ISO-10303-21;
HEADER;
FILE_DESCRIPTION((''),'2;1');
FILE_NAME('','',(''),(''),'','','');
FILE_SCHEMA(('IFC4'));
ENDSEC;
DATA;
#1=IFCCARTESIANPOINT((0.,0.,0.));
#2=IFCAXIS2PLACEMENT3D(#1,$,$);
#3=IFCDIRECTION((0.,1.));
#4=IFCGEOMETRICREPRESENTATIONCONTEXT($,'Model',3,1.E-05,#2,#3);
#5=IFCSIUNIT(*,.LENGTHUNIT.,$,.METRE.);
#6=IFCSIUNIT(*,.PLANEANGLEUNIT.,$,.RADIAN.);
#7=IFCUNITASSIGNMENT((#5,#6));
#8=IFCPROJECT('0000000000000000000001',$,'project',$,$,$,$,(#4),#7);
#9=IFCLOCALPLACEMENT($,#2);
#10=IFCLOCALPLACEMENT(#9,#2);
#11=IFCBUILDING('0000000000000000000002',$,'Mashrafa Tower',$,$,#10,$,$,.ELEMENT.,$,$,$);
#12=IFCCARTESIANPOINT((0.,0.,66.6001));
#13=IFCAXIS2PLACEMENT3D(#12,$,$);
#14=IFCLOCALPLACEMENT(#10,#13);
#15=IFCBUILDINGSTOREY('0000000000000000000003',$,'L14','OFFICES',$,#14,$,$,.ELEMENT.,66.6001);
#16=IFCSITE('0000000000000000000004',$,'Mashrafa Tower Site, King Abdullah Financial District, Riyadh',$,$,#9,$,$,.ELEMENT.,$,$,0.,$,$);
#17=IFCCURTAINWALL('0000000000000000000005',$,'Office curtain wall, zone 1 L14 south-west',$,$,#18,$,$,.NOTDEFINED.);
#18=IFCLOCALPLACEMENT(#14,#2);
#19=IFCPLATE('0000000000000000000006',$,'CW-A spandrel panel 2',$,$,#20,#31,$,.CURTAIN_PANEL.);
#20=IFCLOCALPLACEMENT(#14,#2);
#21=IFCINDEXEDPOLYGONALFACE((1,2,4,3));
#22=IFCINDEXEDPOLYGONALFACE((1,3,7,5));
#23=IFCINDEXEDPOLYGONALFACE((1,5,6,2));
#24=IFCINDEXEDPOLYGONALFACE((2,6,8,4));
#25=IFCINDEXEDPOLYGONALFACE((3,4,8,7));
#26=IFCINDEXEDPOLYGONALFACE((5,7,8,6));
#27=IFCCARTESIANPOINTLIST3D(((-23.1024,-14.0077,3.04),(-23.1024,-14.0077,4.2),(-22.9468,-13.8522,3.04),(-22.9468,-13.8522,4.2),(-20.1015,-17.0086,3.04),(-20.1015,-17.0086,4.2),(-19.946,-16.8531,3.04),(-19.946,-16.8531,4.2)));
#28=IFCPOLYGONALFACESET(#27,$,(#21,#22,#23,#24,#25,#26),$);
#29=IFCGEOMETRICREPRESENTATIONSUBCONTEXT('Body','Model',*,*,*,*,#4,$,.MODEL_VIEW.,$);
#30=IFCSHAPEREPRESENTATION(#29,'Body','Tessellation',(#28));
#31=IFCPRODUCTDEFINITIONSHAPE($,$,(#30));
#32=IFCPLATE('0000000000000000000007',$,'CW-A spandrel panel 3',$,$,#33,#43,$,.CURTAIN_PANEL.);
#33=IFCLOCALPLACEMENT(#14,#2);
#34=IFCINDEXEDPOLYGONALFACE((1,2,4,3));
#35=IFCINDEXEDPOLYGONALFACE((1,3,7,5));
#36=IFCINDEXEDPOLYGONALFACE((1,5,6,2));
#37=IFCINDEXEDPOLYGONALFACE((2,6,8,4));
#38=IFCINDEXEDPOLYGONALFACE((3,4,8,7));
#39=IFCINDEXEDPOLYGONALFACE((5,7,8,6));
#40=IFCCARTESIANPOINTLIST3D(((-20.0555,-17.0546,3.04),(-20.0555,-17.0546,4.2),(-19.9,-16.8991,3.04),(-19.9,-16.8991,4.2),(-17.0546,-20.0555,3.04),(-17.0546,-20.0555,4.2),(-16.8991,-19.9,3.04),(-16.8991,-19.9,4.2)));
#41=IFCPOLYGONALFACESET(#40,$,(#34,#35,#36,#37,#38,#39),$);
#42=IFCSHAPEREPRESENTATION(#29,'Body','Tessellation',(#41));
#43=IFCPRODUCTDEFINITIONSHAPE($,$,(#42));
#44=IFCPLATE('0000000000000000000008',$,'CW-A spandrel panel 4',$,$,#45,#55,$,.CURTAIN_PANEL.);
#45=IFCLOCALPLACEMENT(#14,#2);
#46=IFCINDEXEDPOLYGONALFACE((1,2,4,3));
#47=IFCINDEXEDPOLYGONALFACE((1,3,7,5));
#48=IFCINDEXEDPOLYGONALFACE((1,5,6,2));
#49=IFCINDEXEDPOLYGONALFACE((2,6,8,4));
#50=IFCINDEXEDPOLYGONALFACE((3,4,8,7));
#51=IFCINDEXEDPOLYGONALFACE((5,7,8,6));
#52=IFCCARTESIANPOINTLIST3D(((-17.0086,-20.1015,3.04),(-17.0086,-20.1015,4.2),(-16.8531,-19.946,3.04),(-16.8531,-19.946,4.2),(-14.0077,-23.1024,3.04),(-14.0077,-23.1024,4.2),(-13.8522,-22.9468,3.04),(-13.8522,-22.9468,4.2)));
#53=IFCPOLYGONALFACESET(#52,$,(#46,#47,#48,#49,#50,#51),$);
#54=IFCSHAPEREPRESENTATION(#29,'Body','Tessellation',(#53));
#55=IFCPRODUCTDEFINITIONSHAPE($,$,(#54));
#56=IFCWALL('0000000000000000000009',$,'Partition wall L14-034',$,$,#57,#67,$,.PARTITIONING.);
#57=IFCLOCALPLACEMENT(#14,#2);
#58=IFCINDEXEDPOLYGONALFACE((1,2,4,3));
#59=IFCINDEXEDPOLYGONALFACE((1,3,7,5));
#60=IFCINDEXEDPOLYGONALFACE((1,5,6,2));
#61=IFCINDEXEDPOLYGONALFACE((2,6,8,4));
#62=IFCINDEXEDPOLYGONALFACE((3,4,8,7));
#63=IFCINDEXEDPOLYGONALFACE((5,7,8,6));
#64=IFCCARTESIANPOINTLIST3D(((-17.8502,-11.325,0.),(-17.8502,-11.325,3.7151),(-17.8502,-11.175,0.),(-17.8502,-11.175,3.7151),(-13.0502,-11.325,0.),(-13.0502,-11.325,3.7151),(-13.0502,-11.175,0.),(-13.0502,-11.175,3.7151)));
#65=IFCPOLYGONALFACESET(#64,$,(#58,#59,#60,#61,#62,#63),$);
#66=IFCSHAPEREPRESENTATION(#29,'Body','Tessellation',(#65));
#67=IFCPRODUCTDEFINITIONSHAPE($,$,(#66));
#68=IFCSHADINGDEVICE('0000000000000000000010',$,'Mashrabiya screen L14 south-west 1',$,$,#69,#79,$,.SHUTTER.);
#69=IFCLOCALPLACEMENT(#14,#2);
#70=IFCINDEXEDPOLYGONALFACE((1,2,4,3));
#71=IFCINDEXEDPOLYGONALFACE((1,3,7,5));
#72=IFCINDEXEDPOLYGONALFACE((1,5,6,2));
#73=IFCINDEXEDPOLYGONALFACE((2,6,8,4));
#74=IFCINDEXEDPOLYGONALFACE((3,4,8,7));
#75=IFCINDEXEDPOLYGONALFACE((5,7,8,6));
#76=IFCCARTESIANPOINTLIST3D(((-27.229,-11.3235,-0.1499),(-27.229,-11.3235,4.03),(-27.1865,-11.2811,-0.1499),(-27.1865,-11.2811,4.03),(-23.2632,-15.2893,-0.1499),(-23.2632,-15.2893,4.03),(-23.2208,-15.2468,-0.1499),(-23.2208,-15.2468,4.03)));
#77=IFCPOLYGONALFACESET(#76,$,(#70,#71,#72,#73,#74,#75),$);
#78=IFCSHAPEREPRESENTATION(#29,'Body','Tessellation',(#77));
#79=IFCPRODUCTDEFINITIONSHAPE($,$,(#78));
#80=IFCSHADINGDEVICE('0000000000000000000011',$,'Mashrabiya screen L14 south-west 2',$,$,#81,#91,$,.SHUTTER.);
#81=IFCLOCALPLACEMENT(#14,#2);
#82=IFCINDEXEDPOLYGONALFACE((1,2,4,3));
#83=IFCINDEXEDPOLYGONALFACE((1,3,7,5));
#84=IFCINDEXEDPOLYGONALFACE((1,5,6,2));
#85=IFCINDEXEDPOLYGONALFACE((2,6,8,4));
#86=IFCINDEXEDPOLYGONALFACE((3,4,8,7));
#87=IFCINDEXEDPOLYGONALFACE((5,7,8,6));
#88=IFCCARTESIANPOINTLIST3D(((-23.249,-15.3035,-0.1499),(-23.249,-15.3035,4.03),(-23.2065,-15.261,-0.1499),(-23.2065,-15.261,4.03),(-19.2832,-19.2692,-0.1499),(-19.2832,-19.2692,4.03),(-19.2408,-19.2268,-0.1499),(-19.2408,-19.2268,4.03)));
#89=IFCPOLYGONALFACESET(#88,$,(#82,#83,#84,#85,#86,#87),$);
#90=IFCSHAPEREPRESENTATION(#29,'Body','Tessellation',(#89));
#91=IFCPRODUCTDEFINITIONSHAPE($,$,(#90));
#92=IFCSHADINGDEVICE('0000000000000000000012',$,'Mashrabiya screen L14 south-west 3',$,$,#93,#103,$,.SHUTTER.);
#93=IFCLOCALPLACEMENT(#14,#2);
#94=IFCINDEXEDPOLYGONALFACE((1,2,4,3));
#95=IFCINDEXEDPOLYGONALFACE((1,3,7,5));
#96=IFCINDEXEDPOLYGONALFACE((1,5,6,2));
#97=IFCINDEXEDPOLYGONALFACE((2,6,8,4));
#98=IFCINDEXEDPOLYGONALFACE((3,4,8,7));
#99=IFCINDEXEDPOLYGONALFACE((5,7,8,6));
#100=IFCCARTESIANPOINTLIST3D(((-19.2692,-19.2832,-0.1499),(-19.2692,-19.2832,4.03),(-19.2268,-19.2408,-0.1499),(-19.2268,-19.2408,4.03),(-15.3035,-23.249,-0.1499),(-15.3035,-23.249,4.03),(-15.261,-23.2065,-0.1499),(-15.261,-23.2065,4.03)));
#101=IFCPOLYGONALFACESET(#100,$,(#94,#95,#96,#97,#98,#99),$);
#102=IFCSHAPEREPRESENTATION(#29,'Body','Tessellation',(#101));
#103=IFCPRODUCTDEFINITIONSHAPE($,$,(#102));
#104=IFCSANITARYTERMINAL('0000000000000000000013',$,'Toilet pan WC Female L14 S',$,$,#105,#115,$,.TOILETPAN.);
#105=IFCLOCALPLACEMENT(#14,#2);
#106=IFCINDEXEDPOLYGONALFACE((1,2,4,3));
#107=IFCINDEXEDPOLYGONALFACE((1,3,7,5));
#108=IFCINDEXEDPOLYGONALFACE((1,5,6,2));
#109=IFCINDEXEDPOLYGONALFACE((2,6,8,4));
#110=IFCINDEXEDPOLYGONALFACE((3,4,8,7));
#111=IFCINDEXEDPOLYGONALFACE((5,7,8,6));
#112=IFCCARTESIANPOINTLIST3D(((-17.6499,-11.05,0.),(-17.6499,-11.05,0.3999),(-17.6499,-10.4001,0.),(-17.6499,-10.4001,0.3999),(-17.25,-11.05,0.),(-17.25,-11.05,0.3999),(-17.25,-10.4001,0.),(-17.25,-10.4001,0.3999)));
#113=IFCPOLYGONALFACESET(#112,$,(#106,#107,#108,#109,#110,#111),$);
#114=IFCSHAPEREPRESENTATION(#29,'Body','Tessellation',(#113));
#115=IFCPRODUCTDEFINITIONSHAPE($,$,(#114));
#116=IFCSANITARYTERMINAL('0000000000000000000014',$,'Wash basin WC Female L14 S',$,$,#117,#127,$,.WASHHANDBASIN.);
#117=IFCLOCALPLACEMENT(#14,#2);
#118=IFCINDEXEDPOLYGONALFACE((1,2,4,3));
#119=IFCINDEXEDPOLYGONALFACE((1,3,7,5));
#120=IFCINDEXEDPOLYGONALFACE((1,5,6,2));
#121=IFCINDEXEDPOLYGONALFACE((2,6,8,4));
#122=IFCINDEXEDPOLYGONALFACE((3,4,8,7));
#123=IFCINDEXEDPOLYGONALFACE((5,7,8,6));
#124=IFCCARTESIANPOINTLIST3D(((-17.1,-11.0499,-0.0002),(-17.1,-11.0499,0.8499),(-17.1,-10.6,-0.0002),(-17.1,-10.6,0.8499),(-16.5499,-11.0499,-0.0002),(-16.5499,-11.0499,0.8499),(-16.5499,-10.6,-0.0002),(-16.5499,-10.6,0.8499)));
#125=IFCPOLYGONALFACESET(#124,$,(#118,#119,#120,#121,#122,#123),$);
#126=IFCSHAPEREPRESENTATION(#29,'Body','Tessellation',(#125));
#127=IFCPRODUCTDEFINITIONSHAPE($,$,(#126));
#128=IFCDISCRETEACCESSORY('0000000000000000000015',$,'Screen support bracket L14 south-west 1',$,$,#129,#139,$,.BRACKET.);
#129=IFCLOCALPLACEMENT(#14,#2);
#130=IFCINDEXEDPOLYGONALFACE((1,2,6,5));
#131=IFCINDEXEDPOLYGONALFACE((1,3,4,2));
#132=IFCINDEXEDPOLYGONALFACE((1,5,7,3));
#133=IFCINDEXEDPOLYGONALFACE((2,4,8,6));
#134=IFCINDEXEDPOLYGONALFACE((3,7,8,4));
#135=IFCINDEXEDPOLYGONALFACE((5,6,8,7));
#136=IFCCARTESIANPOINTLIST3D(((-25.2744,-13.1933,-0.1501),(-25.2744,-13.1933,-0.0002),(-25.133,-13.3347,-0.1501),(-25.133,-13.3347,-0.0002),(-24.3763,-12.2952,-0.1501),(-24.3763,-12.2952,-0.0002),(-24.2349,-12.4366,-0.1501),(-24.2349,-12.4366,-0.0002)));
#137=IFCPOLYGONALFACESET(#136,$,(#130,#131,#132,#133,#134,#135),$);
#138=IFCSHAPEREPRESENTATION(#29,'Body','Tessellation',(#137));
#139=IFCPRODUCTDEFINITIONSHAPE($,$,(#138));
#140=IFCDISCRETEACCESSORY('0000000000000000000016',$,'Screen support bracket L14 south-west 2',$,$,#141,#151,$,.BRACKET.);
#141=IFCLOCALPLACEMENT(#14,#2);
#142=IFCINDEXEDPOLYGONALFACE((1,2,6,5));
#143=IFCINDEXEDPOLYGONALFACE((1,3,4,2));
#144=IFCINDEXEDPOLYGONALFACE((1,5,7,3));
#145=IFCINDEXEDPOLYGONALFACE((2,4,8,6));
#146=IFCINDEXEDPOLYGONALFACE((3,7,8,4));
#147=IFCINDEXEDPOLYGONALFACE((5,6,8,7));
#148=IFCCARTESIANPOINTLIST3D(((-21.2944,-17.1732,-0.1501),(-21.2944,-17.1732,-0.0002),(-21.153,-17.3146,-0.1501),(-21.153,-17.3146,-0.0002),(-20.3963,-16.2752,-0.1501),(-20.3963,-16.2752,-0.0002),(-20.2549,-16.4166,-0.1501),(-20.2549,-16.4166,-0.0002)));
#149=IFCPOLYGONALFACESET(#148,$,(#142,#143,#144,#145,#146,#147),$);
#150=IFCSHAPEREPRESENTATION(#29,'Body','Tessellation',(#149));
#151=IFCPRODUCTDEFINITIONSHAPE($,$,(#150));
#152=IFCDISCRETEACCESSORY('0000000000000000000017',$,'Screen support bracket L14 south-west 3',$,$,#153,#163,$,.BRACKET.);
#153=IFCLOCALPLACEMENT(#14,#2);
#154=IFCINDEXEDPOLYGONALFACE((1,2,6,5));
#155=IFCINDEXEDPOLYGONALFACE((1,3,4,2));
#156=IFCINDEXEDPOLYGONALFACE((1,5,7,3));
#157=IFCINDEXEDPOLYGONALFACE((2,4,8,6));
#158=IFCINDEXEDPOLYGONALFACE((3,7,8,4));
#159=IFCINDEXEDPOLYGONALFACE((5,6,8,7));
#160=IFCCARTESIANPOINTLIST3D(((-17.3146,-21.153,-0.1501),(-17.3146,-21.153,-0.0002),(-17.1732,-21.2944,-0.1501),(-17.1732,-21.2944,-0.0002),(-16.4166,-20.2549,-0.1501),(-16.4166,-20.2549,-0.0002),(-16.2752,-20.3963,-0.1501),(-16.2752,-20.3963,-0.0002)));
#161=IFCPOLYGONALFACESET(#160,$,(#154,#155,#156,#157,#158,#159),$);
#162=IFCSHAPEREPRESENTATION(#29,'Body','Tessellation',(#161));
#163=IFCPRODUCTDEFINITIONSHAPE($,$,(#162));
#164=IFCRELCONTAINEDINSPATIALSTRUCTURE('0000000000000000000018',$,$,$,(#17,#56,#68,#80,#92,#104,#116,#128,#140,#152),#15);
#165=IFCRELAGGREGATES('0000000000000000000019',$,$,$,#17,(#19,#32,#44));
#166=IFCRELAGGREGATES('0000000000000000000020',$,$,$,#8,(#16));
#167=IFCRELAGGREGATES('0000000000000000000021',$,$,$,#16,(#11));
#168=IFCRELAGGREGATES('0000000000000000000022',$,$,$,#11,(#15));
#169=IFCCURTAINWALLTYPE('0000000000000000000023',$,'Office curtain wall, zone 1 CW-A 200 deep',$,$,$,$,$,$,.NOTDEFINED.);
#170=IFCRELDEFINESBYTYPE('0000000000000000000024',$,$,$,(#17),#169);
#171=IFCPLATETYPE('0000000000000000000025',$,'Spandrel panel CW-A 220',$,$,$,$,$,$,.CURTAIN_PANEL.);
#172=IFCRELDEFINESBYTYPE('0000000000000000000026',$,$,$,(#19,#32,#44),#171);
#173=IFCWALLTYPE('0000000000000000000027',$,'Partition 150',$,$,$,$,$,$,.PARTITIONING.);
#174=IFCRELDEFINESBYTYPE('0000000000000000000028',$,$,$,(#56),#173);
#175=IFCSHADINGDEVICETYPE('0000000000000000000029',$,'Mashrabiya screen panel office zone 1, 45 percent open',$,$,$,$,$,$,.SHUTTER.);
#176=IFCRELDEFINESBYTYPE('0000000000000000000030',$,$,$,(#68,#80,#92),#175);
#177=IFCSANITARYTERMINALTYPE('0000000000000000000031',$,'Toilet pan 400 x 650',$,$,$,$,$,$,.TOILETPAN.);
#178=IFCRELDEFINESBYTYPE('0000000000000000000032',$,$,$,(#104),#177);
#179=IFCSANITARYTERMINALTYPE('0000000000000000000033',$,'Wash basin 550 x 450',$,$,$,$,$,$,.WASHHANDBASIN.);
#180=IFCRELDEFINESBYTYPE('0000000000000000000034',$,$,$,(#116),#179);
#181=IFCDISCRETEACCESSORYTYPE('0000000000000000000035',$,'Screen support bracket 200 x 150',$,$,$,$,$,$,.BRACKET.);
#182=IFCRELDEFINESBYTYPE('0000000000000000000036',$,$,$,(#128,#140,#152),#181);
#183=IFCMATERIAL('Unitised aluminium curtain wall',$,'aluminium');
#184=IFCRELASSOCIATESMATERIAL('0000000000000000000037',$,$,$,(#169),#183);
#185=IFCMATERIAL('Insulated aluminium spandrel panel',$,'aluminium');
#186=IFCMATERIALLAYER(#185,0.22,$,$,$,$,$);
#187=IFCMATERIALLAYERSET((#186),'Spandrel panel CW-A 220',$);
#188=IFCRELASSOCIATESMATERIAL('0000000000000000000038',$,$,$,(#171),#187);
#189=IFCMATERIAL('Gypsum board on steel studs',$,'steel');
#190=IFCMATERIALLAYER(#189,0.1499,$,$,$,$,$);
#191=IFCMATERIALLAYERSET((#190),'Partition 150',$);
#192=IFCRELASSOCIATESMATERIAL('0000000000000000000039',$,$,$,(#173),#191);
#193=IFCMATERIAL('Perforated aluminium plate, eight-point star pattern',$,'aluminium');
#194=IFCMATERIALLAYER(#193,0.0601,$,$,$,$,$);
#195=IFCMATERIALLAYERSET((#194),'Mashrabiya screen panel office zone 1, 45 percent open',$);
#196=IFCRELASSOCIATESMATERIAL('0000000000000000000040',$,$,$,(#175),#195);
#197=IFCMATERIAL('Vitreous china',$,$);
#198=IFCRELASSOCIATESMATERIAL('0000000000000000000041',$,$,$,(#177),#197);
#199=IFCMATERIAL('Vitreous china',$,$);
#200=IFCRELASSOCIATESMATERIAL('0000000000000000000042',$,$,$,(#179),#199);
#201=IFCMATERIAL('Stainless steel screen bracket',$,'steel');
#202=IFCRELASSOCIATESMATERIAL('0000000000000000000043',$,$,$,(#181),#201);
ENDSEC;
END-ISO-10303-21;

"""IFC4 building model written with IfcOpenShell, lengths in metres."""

from ifc_helpers import new_model, si_unit, direction, frame, frame_2d, origin, origin_2d, place, context, subcontext, project, spatial, rectangle, extrude, source, transform, mapped, material, layer, layer_set, type_object, type_shapes, element, aggregate, save


model = new_model("IFC4")

# Units and contexts
model_context = context("Model", 3, precision=1e-05, world=origin(), true_north=direction((0.0, 1.0)))
body_context = subcontext(model_context, "Body", "Model", "MODEL_VIEW")
ifc_project = project(units=[si_unit("LENGTHUNIT", "METRE"), si_unit("PLANEANGLEUNIT", "RADIAN")], contexts=[model_context])

# Site, building, storey
site_placement = place(None, origin())
site = spatial("IfcSite", under=ifc_project, at=site_placement, Name="Mashrafa Tower Site, King Abdullah Financial District, Riyadh", CompositionType="ELEMENT", RefElevation=0.0)
building_placement = place(site_placement, origin())
building = spatial("IfcBuilding", under=site, at=building_placement, Name="Mashrafa Tower", CompositionType="ELEMENT")
storey_placement = place(building_placement, frame((0.0, 0.0, 66.6001)))
storey = spatial("IfcBuildingStorey", under=building, at=storey_placement, Name="L14", Description="OFFICES", CompositionType="ELEMENT", Elevation=66.6001)

# Shared definitions
ifc_material_1 = material(Name="Unitised aluminium curtain wall", Category="aluminium")
curtain_wall_type = type_object("IfcCurtainWallType", Name="Office curtain wall, zone 1 CW-A 200 deep", PredefinedType="NOTDEFINED", material=ifc_material_1)

# Curtain wall, plates
curtain_wall_1_placement = place(storey_placement, origin())
curtain_wall_1 = element("IfcCurtainWall", 1, at=curtain_wall_1_placement, inside=storey, type_object=curtain_wall_type, Name="Office curtain wall, zone 1 L14 south-west", PredefinedType="NOTDEFINED")
ifc_material_2 = material(Name="Insulated aluminium spandrel panel", Category="aluminium")
ifc_layer_1 = layer(ifc_material_2, 0.22)
ifc_layer_set_1 = layer_set([ifc_layer_1], Name="Spandrel panel CW-A 220")
plate_type_1 = type_object("IfcPlateType", Name="Spandrel panel CW-A 220", PredefinedType="CURTAIN_PANEL", material=ifc_layer_set_1)
shared_shape_1 = source(origin(), body_context, "Body", "SweptSolid", [
    extrude(rectangle(XDim=4.2439, YDim=0.22, at=origin_2d()), origin(), (0.0, 0.0, 1.0), 1.1599),
])
plate_1_placement = place(storey_placement, frame((-21.5242, -15.4304, 3.04), z_axis=(0.0, 0.0, 1.0), x_axis=(0.707107, -0.707107, 0.0)))
plate_1 = element("IfcPlate", 2, at=plate_1_placement, type_object=plate_type_1, Name="CW-A spandrel panel 2", PredefinedType="CURTAIN_PANEL", context=body_context, shape_type="MappedRepresentation", body=[
    mapped(shared_shape_1, transform((0.0, 0.0, 0.0))),
])
plate_2_placement = place(storey_placement, frame((-18.4773, -18.4773, 3.04), z_axis=(0.0, 0.0, 1.0), x_axis=(0.707107, -0.707107, 0.0)))
plate_2 = element("IfcPlate", 3, at=plate_2_placement, type_object=plate_type_1, Name="CW-A spandrel panel 3", PredefinedType="CURTAIN_PANEL", context=body_context, shape_type="MappedRepresentation", body=[
    mapped(shared_shape_1, transform((0.0, 0.0, 0.0))),
])
plate_3_placement = place(storey_placement, frame((-15.4304, -21.5242, 3.04), z_axis=(0.0, 0.0, 1.0), x_axis=(0.707107, -0.707107, 0.0)))
plate_3 = element("IfcPlate", 4, at=plate_3_placement, type_object=plate_type_1, Name="CW-A spandrel panel 4", PredefinedType="CURTAIN_PANEL", context=body_context, shape_type="MappedRepresentation", body=[
    mapped(shared_shape_1, transform((0.0, 0.0, 0.0))),
])
aggregate(curtain_wall_1, [plate_1, plate_2, plate_3])

# Wall
ifc_material_3 = material(Name="Gypsum board on steel studs", Category="steel")
ifc_layer_2 = layer(ifc_material_3, 0.1499)
ifc_layer_set_2 = layer_set([ifc_layer_2], Name="Partition 150")
wall_type = type_object("IfcWallType", Name="Partition 150", PredefinedType="PARTITIONING", material=ifc_layer_set_2)
wall_placement = place(storey_placement, frame((-17.8501, -11.25, 0.0), z_axis=(0.0, 0.0, 1.0), x_axis=(1.0, 0.0, 0.0)))
element("IfcWall", 5, at=wall_placement, inside=storey, type_object=wall_type, Name="Partition wall L14-034", PredefinedType="PARTITIONING", context=body_context, shape_type="SweptSolid", body=[
    extrude(rectangle(XDim=4.8, YDim=0.1499, at=frame_2d((2.3999, 0.0))), origin(), (0.0, 0.0, 1.0), 3.7151),
])

# Shading devices
ifc_material_4 = material(Name="Perforated aluminium plate, eight-point star pattern", Category="aluminium")
ifc_layer_3 = layer(ifc_material_4, 0.0601)
ifc_layer_set_3 = layer_set([ifc_layer_3], Name="Mashrabiya screen panel office zone 1, 45 percent open")
shading_device_type = type_object("IfcShadingDeviceType", Name="Mashrabiya screen panel office zone 1, 45 percent open", PredefinedType="SHUTTER", material=ifc_layer_set_3)
shared_shape_2 = source(origin(), body_context, "Body", "SweptSolid", [
    extrude(rectangle(XDim=5.6084, YDim=0.0601, at=origin_2d()), origin(), (0.0, 0.0, 1.0), 4.1799),
])
type_shapes(shading_device_type, [shared_shape_2])
for number, where, z_axis, x_axis, name in (
    (6, (-25.2249, -13.2852, -0.1499), (0.0, 0.0, 1.0), (0.707107, -0.707107, 0.0), "Mashrabiya screen L14 south-west 1"),
    (7, (-21.2449, -17.2651, -0.1499), (0.0, 0.0, 1.0), (0.707107, -0.707107, 0.0), "Mashrabiya screen L14 south-west 2"),
    (8, (-17.2651, -21.2449, -0.1499), (0.0, 0.0, 1.0), (0.707107, -0.707107, 0.0), "Mashrabiya screen L14 south-west 3"),
):
    element("IfcShadingDevice", number, at=place(storey_placement, frame(where, z_axis=z_axis, x_axis=x_axis)), inside=storey, type_object=shading_device_type, Name=name, PredefinedType="SHUTTER", context=body_context, shape_type="MappedRepresentation", body=[
        mapped(shared_shape_2, transform((0.0, 0.0, 0.0))),
    ])

# Sanitary terminals
ifc_material_5 = material(Name="Vitreous china")
sanitary_terminal_type_1 = type_object("IfcSanitaryTerminalType", Name="Toilet pan 400 x 650", PredefinedType="TOILETPAN", material=ifc_material_5)
sanitary_terminal_1_placement = place(storey_placement, frame((-17.45, -10.7251, 0.0), z_axis=(0.0, 0.0, 1.0), x_axis=(1.0, 0.0, 0.0)))
element("IfcSanitaryTerminal", 9, at=sanitary_terminal_1_placement, inside=storey, type_object=sanitary_terminal_type_1, Name="Toilet pan WC Female L14 S", PredefinedType="TOILETPAN", context=body_context, shape_type="SweptSolid", body=[
    extrude(rectangle(XDim=0.3999, YDim=0.6499, at=origin_2d()), origin(), (0.0, 0.0, 1.0), 0.3999),
])
ifc_material_6 = material(Name="Vitreous china")
sanitary_terminal_type_2 = type_object("IfcSanitaryTerminalType", Name="Wash basin 550 x 450", PredefinedType="WASHHANDBASIN", material=ifc_material_6)
sanitary_terminal_2_placement = place(storey_placement, frame((-16.825, -10.825, -0.0002), z_axis=(0.0, 0.0, 1.0), x_axis=(1.0, 0.0, 0.0)))
element("IfcSanitaryTerminal", 10, at=sanitary_terminal_2_placement, inside=storey, type_object=sanitary_terminal_type_2, Name="Wash basin WC Female L14 S", PredefinedType="WASHHANDBASIN", context=body_context, shape_type="SweptSolid", body=[
    extrude(rectangle(XDim=0.55, YDim=0.45, at=origin_2d()), origin(), (0.0, 0.0, 1.0), 0.8501),
])

# Discrete accessories
ifc_material_7 = material(Name="Stainless steel screen bracket", Category="steel")
discrete_accessory_type = type_object("IfcDiscreteAccessoryType", Name="Screen support bracket 200 x 150", PredefinedType="BRACKET", material=ifc_material_7)
shared_shape_3 = source(origin(), body_context, "Body", "SweptSolid", [
    extrude(rectangle(XDim=0.2, YDim=1.27, at=origin_2d()), origin(), (0.0, 0.0, 1.0), 0.1499),
])
type_shapes(discrete_accessory_type, [shared_shape_3])
for number, where, z_axis, x_axis, name in (
    (11, (-24.7546, -12.8149, -0.1501), (0.0, 0.0, 1.0), (0.707107, -0.707107, 0.0), "Screen support bracket L14 south-west 1"),
    (12, (-20.7747, -16.7949, -0.1501), (0.0, 0.0, 1.0), (0.707107, -0.707107, 0.0), "Screen support bracket L14 south-west 2"),
    (13, (-16.7949, -20.7747, -0.1501), (0.0, 0.0, 1.0), (0.707107, -0.707107, 0.0), "Screen support bracket L14 south-west 3"),
):
    element("IfcDiscreteAccessory", number, at=place(storey_placement, frame(where, z_axis=z_axis, x_axis=x_axis)), inside=storey, type_object=discrete_accessory_type, Name=name, PredefinedType="BRACKET", context=body_context, shape_type="MappedRepresentation", body=[
        mapped(shared_shape_3, transform((0.0, 0.0, 0.0))),
    ])

save(model, "model.ifc")
